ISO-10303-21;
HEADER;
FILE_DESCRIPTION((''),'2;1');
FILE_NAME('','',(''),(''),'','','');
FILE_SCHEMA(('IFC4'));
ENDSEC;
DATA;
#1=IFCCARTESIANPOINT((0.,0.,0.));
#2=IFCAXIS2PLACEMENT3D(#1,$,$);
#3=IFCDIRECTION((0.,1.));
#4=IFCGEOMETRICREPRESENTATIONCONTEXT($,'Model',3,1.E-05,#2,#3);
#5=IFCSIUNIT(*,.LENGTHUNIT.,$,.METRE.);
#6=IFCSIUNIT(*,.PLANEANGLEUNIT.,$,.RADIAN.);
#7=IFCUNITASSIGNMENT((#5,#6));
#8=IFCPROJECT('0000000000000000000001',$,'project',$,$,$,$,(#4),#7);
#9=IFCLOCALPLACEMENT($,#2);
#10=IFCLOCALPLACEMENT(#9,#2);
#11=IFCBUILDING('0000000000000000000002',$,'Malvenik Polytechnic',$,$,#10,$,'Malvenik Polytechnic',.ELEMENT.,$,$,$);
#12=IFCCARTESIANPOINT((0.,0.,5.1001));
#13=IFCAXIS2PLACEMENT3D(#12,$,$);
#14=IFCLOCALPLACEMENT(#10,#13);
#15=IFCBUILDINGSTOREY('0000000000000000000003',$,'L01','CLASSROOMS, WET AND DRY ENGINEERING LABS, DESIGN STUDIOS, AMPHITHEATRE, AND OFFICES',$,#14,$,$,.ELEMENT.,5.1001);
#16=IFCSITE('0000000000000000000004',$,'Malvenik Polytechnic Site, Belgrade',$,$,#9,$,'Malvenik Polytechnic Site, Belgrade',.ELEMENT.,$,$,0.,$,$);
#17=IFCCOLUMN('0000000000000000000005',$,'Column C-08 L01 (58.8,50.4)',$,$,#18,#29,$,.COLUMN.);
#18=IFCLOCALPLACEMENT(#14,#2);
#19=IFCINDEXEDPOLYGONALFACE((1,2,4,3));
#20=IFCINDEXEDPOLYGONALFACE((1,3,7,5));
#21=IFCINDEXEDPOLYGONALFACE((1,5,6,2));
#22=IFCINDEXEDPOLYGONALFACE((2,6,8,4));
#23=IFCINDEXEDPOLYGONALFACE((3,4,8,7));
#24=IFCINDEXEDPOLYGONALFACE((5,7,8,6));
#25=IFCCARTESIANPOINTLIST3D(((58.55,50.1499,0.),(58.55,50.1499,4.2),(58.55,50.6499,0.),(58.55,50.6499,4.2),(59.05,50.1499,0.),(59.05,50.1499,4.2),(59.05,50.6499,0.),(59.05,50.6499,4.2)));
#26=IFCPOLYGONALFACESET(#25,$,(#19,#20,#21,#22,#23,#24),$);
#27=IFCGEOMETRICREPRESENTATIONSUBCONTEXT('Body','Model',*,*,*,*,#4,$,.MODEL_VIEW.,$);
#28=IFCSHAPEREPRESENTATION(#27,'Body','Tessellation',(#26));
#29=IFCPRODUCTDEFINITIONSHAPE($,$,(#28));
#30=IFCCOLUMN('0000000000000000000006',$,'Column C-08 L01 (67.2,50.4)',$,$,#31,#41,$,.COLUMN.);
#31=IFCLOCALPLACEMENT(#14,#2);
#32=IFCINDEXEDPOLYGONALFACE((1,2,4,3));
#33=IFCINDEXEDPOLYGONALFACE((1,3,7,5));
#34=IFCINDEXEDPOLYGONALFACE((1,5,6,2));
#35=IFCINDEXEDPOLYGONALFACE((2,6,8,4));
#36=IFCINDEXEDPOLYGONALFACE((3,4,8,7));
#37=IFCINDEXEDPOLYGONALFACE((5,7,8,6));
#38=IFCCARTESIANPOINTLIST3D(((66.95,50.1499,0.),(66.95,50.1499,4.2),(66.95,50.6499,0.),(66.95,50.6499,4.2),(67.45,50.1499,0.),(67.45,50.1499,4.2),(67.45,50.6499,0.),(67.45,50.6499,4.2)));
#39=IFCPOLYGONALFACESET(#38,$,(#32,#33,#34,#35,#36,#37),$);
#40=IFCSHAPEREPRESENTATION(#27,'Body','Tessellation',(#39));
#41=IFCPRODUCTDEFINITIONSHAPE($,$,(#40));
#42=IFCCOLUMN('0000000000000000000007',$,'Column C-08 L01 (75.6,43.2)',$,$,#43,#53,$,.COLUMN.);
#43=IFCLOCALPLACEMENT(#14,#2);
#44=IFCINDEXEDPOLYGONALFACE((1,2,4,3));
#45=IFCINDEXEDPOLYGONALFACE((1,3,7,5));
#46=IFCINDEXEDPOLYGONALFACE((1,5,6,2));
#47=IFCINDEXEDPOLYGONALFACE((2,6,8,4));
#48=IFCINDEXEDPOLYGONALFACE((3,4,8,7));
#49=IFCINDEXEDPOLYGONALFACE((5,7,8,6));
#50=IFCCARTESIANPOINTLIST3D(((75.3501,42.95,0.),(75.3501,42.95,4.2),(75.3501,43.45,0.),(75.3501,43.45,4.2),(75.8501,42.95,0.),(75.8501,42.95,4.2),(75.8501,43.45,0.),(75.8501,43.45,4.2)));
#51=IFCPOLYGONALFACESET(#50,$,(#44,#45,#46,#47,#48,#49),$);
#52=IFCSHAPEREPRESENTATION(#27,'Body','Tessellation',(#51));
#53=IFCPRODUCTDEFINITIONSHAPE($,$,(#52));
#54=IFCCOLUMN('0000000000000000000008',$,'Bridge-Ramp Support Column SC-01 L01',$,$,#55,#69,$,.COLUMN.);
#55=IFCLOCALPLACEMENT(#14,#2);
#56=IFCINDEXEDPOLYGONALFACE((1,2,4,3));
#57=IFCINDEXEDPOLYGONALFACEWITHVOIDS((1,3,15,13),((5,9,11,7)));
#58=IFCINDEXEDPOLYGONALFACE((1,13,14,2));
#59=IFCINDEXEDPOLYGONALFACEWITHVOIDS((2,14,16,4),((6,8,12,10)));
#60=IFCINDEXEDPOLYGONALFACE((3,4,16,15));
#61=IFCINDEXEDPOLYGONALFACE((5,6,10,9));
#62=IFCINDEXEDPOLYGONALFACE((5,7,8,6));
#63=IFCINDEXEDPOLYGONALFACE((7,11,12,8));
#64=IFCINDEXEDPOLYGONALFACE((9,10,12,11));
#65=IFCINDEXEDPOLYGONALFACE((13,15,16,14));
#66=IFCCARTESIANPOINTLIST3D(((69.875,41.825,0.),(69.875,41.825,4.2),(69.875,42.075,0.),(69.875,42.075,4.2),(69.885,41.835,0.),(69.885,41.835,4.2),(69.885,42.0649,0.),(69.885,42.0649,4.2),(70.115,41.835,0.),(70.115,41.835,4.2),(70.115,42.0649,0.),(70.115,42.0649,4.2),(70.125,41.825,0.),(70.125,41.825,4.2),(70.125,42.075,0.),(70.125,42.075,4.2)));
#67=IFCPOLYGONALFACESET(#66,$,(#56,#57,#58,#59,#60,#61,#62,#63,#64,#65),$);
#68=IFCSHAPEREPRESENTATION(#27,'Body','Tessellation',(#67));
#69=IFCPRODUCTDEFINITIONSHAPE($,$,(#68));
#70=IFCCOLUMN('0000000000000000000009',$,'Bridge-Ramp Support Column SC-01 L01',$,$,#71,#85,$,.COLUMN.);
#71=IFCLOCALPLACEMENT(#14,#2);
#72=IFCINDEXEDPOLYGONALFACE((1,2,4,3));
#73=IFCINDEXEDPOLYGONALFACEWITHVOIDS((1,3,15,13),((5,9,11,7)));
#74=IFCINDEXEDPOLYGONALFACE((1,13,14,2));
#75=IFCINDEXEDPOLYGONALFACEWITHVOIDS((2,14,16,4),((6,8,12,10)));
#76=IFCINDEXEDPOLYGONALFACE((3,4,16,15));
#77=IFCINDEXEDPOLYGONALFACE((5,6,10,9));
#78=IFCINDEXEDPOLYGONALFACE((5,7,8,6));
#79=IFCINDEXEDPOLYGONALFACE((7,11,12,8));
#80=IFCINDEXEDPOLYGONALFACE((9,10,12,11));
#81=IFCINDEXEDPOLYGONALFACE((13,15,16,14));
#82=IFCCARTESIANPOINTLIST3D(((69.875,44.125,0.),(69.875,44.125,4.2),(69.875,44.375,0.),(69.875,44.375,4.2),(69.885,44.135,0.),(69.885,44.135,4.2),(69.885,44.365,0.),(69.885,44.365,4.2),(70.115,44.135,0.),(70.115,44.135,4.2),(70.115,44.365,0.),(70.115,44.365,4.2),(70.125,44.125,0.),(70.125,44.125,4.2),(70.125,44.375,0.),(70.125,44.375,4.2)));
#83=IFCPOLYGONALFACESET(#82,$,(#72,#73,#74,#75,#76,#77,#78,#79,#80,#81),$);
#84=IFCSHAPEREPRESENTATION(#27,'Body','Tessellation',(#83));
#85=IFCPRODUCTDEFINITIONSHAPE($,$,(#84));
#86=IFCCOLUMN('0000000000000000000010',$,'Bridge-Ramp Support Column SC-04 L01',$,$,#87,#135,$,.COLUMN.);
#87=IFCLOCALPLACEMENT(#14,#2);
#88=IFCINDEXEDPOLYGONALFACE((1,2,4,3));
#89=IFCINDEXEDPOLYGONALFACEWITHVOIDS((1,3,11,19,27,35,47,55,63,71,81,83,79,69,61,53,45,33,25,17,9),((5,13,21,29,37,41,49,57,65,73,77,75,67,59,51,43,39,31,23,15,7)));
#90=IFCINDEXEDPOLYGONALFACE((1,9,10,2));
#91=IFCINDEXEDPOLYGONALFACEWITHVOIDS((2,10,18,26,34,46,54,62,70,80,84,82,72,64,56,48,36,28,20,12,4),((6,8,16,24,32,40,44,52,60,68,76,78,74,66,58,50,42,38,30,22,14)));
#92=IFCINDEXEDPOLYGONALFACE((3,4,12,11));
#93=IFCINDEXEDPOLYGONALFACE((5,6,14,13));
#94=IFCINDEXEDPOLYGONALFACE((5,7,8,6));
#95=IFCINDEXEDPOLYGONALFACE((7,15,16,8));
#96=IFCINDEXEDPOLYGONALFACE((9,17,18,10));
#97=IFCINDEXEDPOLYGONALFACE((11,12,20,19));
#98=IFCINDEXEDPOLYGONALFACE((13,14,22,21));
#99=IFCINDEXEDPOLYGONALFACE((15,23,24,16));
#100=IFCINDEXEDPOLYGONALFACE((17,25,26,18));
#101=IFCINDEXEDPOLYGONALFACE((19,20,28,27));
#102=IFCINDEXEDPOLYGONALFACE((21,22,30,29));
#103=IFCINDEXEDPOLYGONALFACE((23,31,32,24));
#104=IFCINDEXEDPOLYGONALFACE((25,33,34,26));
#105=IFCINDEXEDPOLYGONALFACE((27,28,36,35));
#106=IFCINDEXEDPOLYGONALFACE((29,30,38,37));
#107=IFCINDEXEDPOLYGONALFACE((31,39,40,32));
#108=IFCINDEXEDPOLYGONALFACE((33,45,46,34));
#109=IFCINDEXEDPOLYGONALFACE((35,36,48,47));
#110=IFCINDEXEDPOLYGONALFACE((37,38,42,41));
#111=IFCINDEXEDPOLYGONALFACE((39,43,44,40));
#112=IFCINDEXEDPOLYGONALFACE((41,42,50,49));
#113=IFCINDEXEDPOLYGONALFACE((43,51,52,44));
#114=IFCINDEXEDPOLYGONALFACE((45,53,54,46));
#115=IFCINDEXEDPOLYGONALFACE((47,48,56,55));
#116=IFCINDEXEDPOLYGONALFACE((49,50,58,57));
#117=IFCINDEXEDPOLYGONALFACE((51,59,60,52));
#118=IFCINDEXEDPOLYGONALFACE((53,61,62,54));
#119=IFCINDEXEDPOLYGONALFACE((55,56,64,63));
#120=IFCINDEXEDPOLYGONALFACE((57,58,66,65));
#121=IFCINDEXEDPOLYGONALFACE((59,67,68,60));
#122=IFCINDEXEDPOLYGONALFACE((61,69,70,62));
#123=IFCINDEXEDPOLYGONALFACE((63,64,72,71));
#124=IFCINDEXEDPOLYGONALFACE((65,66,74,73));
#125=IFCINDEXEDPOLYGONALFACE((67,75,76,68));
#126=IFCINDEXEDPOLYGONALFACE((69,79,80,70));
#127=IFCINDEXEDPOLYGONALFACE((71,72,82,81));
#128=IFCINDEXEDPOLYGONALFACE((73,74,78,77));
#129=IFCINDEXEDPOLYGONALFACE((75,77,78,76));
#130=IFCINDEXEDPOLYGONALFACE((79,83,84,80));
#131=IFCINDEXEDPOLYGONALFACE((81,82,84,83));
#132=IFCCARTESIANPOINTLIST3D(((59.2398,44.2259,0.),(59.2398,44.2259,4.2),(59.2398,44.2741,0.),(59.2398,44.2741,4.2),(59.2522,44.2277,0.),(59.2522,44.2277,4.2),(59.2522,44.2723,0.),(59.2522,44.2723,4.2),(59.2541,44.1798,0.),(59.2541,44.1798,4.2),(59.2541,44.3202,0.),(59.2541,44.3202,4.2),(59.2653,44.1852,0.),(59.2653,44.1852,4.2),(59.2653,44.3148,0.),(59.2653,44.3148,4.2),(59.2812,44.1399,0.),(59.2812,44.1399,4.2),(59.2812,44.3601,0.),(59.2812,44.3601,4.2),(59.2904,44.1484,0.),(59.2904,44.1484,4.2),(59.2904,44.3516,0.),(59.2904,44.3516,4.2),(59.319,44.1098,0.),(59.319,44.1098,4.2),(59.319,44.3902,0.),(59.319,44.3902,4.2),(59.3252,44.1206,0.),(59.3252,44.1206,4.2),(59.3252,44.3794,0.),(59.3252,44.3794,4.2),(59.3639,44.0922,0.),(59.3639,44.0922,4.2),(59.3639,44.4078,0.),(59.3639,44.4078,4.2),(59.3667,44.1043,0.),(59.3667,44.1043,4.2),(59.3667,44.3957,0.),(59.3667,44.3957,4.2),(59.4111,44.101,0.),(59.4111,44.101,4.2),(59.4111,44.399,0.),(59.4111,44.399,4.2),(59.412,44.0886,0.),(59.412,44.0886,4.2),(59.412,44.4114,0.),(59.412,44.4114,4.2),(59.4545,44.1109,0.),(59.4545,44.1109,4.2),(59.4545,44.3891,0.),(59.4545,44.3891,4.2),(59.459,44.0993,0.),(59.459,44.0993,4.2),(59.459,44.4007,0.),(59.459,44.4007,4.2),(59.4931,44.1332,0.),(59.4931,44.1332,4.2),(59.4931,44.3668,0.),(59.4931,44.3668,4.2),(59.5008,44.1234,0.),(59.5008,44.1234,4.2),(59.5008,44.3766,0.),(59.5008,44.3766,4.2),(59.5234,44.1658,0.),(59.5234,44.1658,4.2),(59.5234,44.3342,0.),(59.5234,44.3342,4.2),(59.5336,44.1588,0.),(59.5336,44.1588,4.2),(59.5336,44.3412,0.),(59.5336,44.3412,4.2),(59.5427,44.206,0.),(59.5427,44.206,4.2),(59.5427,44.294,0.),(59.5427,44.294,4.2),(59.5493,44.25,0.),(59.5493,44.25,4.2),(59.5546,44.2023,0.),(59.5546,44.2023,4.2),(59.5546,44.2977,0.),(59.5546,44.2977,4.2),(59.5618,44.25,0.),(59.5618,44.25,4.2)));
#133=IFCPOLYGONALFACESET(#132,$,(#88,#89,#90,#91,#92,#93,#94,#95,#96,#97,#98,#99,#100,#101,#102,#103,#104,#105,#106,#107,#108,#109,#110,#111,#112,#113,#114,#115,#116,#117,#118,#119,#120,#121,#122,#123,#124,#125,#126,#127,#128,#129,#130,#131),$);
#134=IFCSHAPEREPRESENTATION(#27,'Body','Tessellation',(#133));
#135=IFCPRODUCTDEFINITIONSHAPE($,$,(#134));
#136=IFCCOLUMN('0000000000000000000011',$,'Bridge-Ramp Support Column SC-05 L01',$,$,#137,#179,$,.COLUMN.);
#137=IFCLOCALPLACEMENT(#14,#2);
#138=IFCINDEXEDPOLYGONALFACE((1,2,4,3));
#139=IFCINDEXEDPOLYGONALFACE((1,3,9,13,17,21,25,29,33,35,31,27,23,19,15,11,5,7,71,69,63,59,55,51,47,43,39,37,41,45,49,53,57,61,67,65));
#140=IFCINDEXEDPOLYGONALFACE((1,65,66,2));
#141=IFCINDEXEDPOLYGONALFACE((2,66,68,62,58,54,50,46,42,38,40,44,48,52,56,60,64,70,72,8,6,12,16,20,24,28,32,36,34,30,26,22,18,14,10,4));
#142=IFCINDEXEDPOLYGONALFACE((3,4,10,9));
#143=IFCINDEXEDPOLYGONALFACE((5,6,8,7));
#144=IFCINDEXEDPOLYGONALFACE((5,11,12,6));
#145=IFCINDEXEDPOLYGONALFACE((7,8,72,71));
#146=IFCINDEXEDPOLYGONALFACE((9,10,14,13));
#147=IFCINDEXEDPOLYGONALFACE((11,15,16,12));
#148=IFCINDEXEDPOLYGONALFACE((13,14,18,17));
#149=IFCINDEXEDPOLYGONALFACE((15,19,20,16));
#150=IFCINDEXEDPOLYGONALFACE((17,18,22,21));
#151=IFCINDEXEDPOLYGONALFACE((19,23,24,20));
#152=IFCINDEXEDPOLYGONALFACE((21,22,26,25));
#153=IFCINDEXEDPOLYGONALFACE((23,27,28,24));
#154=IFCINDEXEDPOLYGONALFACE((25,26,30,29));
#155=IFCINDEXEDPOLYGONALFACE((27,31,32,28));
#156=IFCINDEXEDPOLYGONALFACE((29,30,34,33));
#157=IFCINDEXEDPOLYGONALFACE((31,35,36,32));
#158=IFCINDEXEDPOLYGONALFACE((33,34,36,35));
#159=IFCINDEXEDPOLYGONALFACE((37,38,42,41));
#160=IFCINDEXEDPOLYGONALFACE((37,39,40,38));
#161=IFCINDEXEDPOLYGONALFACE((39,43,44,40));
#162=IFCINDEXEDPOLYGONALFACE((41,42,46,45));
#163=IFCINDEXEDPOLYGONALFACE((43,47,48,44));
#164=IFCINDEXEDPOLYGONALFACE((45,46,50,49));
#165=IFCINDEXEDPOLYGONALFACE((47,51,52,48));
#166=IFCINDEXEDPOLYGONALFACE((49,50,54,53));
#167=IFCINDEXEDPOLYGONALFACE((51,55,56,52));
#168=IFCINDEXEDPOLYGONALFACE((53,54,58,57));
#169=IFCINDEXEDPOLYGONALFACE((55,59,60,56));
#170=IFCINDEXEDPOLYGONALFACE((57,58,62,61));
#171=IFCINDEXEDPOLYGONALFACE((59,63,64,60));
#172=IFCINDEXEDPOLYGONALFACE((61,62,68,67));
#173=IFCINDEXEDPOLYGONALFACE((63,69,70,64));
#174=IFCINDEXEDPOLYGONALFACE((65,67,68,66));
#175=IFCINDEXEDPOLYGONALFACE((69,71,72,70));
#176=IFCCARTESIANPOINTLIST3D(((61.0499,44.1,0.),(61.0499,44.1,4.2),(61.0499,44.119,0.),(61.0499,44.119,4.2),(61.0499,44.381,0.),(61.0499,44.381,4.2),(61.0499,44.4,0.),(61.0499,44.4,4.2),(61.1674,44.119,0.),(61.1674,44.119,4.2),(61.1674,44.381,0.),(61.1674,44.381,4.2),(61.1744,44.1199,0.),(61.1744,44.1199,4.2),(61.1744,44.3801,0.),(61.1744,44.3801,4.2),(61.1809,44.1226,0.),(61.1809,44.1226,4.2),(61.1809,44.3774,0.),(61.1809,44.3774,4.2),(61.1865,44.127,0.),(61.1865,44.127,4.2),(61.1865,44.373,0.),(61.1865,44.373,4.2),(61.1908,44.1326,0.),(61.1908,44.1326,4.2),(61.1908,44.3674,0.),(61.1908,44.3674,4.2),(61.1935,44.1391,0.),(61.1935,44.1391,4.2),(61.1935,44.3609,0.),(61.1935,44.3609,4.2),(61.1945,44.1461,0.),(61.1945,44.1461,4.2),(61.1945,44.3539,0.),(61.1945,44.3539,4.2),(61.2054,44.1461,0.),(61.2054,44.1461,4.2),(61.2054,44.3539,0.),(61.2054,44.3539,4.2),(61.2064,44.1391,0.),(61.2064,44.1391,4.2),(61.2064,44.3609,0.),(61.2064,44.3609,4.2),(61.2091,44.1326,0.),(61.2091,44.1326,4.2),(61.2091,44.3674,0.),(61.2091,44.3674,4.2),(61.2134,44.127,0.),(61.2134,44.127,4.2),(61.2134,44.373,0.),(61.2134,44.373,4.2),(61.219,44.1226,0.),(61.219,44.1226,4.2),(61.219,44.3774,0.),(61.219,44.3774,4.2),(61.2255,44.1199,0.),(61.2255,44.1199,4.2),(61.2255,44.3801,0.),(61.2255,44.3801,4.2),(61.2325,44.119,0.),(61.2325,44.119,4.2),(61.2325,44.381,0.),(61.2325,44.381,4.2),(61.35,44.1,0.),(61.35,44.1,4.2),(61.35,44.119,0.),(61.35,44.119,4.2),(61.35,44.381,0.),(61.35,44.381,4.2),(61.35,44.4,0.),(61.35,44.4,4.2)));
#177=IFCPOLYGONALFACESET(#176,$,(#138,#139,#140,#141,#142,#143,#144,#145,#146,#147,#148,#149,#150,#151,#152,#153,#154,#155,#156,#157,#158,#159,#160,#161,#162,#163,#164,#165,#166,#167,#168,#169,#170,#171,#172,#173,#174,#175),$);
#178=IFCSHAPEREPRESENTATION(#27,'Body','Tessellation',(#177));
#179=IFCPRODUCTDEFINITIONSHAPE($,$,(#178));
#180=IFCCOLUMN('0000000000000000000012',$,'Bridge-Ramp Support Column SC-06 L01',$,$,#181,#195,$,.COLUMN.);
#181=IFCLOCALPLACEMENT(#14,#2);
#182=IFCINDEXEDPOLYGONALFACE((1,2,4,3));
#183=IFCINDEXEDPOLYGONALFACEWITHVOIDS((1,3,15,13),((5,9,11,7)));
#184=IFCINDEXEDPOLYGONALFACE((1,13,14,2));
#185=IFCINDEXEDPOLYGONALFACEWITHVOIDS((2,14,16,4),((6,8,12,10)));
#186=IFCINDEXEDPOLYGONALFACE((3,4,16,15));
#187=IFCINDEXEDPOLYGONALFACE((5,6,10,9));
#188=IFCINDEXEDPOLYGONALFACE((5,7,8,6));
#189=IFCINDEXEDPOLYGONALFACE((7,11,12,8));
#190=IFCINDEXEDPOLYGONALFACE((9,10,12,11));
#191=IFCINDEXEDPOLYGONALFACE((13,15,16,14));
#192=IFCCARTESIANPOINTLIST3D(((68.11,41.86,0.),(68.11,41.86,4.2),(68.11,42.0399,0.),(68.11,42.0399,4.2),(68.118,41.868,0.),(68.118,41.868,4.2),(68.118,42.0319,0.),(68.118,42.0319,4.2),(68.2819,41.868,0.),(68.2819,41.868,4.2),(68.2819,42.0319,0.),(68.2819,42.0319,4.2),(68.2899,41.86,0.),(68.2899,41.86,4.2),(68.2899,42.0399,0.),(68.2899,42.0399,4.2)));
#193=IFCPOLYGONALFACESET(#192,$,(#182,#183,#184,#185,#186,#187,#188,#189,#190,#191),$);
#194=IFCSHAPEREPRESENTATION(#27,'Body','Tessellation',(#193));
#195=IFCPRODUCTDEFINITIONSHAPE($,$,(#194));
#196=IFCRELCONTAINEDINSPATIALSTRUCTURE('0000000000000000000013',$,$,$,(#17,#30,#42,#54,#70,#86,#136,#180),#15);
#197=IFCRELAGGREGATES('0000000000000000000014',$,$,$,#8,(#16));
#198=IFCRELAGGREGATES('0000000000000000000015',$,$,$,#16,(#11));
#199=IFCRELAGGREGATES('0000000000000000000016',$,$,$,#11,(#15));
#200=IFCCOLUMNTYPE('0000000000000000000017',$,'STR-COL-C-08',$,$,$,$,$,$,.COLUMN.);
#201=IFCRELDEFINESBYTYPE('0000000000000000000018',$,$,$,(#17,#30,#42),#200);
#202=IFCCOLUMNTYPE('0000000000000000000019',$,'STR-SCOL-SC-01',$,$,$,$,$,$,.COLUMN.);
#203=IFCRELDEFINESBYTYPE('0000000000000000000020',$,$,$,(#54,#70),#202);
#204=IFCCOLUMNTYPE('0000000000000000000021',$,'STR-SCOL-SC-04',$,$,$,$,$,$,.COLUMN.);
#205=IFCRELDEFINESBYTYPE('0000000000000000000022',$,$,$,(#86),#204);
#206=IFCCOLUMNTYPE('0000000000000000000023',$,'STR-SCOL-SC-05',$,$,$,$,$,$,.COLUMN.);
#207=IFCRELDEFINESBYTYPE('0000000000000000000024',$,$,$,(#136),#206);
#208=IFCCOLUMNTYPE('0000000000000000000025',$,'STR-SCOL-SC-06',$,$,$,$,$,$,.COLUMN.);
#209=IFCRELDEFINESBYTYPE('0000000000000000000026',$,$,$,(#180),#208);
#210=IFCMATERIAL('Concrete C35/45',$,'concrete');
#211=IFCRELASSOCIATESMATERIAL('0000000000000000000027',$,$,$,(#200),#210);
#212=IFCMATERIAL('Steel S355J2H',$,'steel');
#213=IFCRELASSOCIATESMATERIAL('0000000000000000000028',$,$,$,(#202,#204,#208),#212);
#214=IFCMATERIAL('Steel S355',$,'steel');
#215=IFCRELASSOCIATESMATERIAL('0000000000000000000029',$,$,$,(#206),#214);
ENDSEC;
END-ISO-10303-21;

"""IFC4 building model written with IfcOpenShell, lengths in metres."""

from ifc_helpers import new_model, si_unit, direction, frame, origin, origin_2d, place, context, subcontext, project, spatial, rectangle, hollow_rectangle, hollow_circle, i_section, extrude, material, material_profile, profile_set, type_object, element, save


model = new_model("IFC4")

# Units and contexts
model_context = context("Model", 3, precision=1e-05, world=origin(), true_north=direction((0.0, 1.0)))
body_context = subcontext(model_context, "Body", "Model", "MODEL_VIEW")
ifc_project = project(units=[si_unit("LENGTHUNIT", "METRE"), si_unit("PLANEANGLEUNIT", "RADIAN")], contexts=[model_context])

# Site, building, storey
site_placement = place(None, origin())
site = spatial("IfcSite", under=ifc_project, at=site_placement, Name="Malvenik Polytechnic Site, Belgrade", LongName="Malvenik Polytechnic Site, Belgrade", CompositionType="ELEMENT", RefElevation=0.0)
building_placement = place(site_placement, origin())
building = spatial("IfcBuilding", under=site, at=building_placement, Name="Malvenik Polytechnic", LongName="Malvenik Polytechnic", CompositionType="ELEMENT")
storey_placement = place(building_placement, frame((0.0, 0.0, 5.1001)))
storey = spatial("IfcBuildingStorey", under=building, at=storey_placement, Name="L01", Description="CLASSROOMS, WET AND DRY ENGINEERING LABS, DESIGN STUDIOS, AMPHITHEATRE, AND OFFICES", CompositionType="ELEMENT", Elevation=5.1001)

# Columns
ifc_material_1 = material(Name="Concrete C35/45", Category="concrete")
ifc_material_profile_1 = material_profile(ifc_material_1, rectangle(XDim=0.5, YDim=0.5, at=origin_2d()), Name="RC COL 500x500")
ifc_profile_set_1 = profile_set([ifc_material_profile_1], Name="Concrete C35/45")
column_type_1 = type_object("IfcColumnType", Name="STR-COL-C-08", PredefinedType="COLUMN", material=ifc_profile_set_1)
for number, where, z_axis, x_axis, name in (
    (1, (58.8, 50.3999, 0.0), (0.0, 0.0, 1.0), (1.0, 0.0, 0.0), "Column C-08 L01 (58.8,50.4)"),
    (2, (67.2, 50.3999, 0.0), (0.0, 0.0, 1.0), (1.0, 0.0, 0.0), "Column C-08 L01 (67.2,50.4)"),
    (3, (75.6001, 43.2, 0.0), (0.0, 0.0, 1.0), (1.0, 0.0, 0.0), "Column C-08 L01 (75.6,43.2)"),
):
    element("IfcColumn", number, at=place(storey_placement, frame(where, z_axis=z_axis, x_axis=x_axis)), inside=storey, type_object=column_type_1, Name=name, PredefinedType="COLUMN", context=body_context, shape_type="SweptSolid", body=[
        extrude(rectangle(XDim=0.5, YDim=0.5, at=origin_2d()), origin(), (0.0, 0.0, 1.0), 4.2),
    ])
ifc_material_2 = material(Name="Steel S355J2H", Category="steel")
ifc_material_profile_2 = material_profile(ifc_material_2, hollow_rectangle(XDim=0.25, YDim=0.25, WallThickness=0.01, at=origin_2d()), Name="SHS 250x250x10.0")
ifc_profile_set_2 = profile_set([ifc_material_profile_2], Name="Steel S355J2H")
column_type_2 = type_object("IfcColumnType", Name="STR-SCOL-SC-01", PredefinedType="COLUMN", material=ifc_profile_set_2)
for number, where, z_axis, x_axis, name in (
    (4, (70.0, 41.95, 0.0), (0.0, 0.0, 1.0), (1.0, 0.0, 0.0), "Bridge-Ramp Support Column SC-01 L01"),
    (5, (70.0, 44.25, 0.0), (0.0, 0.0, 1.0), (1.0, 0.0, 0.0), "Bridge-Ramp Support Column SC-01 L01"),
):
    element("IfcColumn", number, at=place(storey_placement, frame(where, z_axis=z_axis, x_axis=x_axis)), inside=storey, type_object=column_type_2, Name=name, PredefinedType="COLUMN", context=body_context, shape_type="SweptSolid", body=[
        extrude(hollow_rectangle(XDim=0.25, YDim=0.25, WallThickness=0.01, at=origin_2d()), origin(), (0.0, 0.0, 1.0), 4.2),
    ])
ifc_material_profile_3 = material_profile(ifc_material_2, hollow_circle(Radius=0.1619, WallThickness=0.0125, at=origin_2d()), Name="CHS 323.9x12.5")
ifc_profile_set_3 = profile_set([ifc_material_profile_3], Name="Steel S355J2H")
column_type_3 = type_object("IfcColumnType", Name="STR-SCOL-SC-04", PredefinedType="COLUMN", material=ifc_profile_set_3)
column_1_placement = place(storey_placement, frame((59.3999, 44.25, 0.0), z_axis=(0.0, 0.0, 1.0), x_axis=(1.0, 0.0, 0.0)))
element("IfcColumn", 6, at=column_1_placement, inside=storey, type_object=column_type_3, Name="Bridge-Ramp Support Column SC-04 L01", PredefinedType="COLUMN", context=body_context, shape_type="SweptSolid", body=[
    extrude(hollow_circle(Radius=0.1619, WallThickness=0.0125, at=origin_2d()), origin(), (0.0, 0.0, 1.0), 4.2),
])
ifc_material_3 = material(Name="Steel S355", Category="steel")
ifc_material_profile_4 = material_profile(ifc_material_3, i_section(OverallWidth=0.3, OverallDepth=0.3, WebThickness=0.011, FlangeThickness=0.019, FilletRadius=0.0271, at=origin_2d()), Name="HEB 300")
ifc_profile_set_4 = profile_set([ifc_material_profile_4], Name="Steel S355")
column_type_4 = type_object("IfcColumnType", Name="STR-SCOL-SC-05", PredefinedType="COLUMN", material=ifc_profile_set_4)
column_2_placement = place(storey_placement, frame((61.2, 44.25, 0.0), z_axis=(0.0, 0.0, 1.0), x_axis=(1.0, 0.0, 0.0)))
element("IfcColumn", 7, at=column_2_placement, inside=storey, type_object=column_type_4, Name="Bridge-Ramp Support Column SC-05 L01", PredefinedType="COLUMN", context=body_context, shape_type="SweptSolid", body=[
    extrude(i_section(OverallWidth=0.3, OverallDepth=0.3, WebThickness=0.011, FlangeThickness=0.019, FilletRadius=0.0271, at=origin_2d()), origin(), (0.0, 0.0, 1.0), 4.2),
])
ifc_material_profile_5 = material_profile(ifc_material_2, hollow_rectangle(XDim=0.1799, YDim=0.1799, WallThickness=0.0081, at=origin_2d()), Name="SHS 180x180x8.0")
ifc_profile_set_5 = profile_set([ifc_material_profile_5], Name="Steel S355J2H")
column_type_5 = type_object("IfcColumnType", Name="STR-SCOL-SC-06", PredefinedType="COLUMN", material=ifc_profile_set_5)
for number, where, z_axis, x_axis, name in (
    (8, (68.2, 41.95, 0.0), (0.0, 0.0, 1.0), (1.0, 0.0, 0.0), "Bridge-Ramp Support Column SC-06 L01"),
):
    element("IfcColumn", number, at=place(storey_placement, frame(where, z_axis=z_axis, x_axis=x_axis)), inside=storey, type_object=column_type_5, Name=name, PredefinedType="COLUMN", context=body_context, shape_type="SweptSolid", body=[
        extrude(hollow_rectangle(XDim=0.1799, YDim=0.1799, WallThickness=0.0081, at=origin_2d()), origin(), (0.0, 0.0, 1.0), 4.2),
    ])

save(model, "model.ifc")
